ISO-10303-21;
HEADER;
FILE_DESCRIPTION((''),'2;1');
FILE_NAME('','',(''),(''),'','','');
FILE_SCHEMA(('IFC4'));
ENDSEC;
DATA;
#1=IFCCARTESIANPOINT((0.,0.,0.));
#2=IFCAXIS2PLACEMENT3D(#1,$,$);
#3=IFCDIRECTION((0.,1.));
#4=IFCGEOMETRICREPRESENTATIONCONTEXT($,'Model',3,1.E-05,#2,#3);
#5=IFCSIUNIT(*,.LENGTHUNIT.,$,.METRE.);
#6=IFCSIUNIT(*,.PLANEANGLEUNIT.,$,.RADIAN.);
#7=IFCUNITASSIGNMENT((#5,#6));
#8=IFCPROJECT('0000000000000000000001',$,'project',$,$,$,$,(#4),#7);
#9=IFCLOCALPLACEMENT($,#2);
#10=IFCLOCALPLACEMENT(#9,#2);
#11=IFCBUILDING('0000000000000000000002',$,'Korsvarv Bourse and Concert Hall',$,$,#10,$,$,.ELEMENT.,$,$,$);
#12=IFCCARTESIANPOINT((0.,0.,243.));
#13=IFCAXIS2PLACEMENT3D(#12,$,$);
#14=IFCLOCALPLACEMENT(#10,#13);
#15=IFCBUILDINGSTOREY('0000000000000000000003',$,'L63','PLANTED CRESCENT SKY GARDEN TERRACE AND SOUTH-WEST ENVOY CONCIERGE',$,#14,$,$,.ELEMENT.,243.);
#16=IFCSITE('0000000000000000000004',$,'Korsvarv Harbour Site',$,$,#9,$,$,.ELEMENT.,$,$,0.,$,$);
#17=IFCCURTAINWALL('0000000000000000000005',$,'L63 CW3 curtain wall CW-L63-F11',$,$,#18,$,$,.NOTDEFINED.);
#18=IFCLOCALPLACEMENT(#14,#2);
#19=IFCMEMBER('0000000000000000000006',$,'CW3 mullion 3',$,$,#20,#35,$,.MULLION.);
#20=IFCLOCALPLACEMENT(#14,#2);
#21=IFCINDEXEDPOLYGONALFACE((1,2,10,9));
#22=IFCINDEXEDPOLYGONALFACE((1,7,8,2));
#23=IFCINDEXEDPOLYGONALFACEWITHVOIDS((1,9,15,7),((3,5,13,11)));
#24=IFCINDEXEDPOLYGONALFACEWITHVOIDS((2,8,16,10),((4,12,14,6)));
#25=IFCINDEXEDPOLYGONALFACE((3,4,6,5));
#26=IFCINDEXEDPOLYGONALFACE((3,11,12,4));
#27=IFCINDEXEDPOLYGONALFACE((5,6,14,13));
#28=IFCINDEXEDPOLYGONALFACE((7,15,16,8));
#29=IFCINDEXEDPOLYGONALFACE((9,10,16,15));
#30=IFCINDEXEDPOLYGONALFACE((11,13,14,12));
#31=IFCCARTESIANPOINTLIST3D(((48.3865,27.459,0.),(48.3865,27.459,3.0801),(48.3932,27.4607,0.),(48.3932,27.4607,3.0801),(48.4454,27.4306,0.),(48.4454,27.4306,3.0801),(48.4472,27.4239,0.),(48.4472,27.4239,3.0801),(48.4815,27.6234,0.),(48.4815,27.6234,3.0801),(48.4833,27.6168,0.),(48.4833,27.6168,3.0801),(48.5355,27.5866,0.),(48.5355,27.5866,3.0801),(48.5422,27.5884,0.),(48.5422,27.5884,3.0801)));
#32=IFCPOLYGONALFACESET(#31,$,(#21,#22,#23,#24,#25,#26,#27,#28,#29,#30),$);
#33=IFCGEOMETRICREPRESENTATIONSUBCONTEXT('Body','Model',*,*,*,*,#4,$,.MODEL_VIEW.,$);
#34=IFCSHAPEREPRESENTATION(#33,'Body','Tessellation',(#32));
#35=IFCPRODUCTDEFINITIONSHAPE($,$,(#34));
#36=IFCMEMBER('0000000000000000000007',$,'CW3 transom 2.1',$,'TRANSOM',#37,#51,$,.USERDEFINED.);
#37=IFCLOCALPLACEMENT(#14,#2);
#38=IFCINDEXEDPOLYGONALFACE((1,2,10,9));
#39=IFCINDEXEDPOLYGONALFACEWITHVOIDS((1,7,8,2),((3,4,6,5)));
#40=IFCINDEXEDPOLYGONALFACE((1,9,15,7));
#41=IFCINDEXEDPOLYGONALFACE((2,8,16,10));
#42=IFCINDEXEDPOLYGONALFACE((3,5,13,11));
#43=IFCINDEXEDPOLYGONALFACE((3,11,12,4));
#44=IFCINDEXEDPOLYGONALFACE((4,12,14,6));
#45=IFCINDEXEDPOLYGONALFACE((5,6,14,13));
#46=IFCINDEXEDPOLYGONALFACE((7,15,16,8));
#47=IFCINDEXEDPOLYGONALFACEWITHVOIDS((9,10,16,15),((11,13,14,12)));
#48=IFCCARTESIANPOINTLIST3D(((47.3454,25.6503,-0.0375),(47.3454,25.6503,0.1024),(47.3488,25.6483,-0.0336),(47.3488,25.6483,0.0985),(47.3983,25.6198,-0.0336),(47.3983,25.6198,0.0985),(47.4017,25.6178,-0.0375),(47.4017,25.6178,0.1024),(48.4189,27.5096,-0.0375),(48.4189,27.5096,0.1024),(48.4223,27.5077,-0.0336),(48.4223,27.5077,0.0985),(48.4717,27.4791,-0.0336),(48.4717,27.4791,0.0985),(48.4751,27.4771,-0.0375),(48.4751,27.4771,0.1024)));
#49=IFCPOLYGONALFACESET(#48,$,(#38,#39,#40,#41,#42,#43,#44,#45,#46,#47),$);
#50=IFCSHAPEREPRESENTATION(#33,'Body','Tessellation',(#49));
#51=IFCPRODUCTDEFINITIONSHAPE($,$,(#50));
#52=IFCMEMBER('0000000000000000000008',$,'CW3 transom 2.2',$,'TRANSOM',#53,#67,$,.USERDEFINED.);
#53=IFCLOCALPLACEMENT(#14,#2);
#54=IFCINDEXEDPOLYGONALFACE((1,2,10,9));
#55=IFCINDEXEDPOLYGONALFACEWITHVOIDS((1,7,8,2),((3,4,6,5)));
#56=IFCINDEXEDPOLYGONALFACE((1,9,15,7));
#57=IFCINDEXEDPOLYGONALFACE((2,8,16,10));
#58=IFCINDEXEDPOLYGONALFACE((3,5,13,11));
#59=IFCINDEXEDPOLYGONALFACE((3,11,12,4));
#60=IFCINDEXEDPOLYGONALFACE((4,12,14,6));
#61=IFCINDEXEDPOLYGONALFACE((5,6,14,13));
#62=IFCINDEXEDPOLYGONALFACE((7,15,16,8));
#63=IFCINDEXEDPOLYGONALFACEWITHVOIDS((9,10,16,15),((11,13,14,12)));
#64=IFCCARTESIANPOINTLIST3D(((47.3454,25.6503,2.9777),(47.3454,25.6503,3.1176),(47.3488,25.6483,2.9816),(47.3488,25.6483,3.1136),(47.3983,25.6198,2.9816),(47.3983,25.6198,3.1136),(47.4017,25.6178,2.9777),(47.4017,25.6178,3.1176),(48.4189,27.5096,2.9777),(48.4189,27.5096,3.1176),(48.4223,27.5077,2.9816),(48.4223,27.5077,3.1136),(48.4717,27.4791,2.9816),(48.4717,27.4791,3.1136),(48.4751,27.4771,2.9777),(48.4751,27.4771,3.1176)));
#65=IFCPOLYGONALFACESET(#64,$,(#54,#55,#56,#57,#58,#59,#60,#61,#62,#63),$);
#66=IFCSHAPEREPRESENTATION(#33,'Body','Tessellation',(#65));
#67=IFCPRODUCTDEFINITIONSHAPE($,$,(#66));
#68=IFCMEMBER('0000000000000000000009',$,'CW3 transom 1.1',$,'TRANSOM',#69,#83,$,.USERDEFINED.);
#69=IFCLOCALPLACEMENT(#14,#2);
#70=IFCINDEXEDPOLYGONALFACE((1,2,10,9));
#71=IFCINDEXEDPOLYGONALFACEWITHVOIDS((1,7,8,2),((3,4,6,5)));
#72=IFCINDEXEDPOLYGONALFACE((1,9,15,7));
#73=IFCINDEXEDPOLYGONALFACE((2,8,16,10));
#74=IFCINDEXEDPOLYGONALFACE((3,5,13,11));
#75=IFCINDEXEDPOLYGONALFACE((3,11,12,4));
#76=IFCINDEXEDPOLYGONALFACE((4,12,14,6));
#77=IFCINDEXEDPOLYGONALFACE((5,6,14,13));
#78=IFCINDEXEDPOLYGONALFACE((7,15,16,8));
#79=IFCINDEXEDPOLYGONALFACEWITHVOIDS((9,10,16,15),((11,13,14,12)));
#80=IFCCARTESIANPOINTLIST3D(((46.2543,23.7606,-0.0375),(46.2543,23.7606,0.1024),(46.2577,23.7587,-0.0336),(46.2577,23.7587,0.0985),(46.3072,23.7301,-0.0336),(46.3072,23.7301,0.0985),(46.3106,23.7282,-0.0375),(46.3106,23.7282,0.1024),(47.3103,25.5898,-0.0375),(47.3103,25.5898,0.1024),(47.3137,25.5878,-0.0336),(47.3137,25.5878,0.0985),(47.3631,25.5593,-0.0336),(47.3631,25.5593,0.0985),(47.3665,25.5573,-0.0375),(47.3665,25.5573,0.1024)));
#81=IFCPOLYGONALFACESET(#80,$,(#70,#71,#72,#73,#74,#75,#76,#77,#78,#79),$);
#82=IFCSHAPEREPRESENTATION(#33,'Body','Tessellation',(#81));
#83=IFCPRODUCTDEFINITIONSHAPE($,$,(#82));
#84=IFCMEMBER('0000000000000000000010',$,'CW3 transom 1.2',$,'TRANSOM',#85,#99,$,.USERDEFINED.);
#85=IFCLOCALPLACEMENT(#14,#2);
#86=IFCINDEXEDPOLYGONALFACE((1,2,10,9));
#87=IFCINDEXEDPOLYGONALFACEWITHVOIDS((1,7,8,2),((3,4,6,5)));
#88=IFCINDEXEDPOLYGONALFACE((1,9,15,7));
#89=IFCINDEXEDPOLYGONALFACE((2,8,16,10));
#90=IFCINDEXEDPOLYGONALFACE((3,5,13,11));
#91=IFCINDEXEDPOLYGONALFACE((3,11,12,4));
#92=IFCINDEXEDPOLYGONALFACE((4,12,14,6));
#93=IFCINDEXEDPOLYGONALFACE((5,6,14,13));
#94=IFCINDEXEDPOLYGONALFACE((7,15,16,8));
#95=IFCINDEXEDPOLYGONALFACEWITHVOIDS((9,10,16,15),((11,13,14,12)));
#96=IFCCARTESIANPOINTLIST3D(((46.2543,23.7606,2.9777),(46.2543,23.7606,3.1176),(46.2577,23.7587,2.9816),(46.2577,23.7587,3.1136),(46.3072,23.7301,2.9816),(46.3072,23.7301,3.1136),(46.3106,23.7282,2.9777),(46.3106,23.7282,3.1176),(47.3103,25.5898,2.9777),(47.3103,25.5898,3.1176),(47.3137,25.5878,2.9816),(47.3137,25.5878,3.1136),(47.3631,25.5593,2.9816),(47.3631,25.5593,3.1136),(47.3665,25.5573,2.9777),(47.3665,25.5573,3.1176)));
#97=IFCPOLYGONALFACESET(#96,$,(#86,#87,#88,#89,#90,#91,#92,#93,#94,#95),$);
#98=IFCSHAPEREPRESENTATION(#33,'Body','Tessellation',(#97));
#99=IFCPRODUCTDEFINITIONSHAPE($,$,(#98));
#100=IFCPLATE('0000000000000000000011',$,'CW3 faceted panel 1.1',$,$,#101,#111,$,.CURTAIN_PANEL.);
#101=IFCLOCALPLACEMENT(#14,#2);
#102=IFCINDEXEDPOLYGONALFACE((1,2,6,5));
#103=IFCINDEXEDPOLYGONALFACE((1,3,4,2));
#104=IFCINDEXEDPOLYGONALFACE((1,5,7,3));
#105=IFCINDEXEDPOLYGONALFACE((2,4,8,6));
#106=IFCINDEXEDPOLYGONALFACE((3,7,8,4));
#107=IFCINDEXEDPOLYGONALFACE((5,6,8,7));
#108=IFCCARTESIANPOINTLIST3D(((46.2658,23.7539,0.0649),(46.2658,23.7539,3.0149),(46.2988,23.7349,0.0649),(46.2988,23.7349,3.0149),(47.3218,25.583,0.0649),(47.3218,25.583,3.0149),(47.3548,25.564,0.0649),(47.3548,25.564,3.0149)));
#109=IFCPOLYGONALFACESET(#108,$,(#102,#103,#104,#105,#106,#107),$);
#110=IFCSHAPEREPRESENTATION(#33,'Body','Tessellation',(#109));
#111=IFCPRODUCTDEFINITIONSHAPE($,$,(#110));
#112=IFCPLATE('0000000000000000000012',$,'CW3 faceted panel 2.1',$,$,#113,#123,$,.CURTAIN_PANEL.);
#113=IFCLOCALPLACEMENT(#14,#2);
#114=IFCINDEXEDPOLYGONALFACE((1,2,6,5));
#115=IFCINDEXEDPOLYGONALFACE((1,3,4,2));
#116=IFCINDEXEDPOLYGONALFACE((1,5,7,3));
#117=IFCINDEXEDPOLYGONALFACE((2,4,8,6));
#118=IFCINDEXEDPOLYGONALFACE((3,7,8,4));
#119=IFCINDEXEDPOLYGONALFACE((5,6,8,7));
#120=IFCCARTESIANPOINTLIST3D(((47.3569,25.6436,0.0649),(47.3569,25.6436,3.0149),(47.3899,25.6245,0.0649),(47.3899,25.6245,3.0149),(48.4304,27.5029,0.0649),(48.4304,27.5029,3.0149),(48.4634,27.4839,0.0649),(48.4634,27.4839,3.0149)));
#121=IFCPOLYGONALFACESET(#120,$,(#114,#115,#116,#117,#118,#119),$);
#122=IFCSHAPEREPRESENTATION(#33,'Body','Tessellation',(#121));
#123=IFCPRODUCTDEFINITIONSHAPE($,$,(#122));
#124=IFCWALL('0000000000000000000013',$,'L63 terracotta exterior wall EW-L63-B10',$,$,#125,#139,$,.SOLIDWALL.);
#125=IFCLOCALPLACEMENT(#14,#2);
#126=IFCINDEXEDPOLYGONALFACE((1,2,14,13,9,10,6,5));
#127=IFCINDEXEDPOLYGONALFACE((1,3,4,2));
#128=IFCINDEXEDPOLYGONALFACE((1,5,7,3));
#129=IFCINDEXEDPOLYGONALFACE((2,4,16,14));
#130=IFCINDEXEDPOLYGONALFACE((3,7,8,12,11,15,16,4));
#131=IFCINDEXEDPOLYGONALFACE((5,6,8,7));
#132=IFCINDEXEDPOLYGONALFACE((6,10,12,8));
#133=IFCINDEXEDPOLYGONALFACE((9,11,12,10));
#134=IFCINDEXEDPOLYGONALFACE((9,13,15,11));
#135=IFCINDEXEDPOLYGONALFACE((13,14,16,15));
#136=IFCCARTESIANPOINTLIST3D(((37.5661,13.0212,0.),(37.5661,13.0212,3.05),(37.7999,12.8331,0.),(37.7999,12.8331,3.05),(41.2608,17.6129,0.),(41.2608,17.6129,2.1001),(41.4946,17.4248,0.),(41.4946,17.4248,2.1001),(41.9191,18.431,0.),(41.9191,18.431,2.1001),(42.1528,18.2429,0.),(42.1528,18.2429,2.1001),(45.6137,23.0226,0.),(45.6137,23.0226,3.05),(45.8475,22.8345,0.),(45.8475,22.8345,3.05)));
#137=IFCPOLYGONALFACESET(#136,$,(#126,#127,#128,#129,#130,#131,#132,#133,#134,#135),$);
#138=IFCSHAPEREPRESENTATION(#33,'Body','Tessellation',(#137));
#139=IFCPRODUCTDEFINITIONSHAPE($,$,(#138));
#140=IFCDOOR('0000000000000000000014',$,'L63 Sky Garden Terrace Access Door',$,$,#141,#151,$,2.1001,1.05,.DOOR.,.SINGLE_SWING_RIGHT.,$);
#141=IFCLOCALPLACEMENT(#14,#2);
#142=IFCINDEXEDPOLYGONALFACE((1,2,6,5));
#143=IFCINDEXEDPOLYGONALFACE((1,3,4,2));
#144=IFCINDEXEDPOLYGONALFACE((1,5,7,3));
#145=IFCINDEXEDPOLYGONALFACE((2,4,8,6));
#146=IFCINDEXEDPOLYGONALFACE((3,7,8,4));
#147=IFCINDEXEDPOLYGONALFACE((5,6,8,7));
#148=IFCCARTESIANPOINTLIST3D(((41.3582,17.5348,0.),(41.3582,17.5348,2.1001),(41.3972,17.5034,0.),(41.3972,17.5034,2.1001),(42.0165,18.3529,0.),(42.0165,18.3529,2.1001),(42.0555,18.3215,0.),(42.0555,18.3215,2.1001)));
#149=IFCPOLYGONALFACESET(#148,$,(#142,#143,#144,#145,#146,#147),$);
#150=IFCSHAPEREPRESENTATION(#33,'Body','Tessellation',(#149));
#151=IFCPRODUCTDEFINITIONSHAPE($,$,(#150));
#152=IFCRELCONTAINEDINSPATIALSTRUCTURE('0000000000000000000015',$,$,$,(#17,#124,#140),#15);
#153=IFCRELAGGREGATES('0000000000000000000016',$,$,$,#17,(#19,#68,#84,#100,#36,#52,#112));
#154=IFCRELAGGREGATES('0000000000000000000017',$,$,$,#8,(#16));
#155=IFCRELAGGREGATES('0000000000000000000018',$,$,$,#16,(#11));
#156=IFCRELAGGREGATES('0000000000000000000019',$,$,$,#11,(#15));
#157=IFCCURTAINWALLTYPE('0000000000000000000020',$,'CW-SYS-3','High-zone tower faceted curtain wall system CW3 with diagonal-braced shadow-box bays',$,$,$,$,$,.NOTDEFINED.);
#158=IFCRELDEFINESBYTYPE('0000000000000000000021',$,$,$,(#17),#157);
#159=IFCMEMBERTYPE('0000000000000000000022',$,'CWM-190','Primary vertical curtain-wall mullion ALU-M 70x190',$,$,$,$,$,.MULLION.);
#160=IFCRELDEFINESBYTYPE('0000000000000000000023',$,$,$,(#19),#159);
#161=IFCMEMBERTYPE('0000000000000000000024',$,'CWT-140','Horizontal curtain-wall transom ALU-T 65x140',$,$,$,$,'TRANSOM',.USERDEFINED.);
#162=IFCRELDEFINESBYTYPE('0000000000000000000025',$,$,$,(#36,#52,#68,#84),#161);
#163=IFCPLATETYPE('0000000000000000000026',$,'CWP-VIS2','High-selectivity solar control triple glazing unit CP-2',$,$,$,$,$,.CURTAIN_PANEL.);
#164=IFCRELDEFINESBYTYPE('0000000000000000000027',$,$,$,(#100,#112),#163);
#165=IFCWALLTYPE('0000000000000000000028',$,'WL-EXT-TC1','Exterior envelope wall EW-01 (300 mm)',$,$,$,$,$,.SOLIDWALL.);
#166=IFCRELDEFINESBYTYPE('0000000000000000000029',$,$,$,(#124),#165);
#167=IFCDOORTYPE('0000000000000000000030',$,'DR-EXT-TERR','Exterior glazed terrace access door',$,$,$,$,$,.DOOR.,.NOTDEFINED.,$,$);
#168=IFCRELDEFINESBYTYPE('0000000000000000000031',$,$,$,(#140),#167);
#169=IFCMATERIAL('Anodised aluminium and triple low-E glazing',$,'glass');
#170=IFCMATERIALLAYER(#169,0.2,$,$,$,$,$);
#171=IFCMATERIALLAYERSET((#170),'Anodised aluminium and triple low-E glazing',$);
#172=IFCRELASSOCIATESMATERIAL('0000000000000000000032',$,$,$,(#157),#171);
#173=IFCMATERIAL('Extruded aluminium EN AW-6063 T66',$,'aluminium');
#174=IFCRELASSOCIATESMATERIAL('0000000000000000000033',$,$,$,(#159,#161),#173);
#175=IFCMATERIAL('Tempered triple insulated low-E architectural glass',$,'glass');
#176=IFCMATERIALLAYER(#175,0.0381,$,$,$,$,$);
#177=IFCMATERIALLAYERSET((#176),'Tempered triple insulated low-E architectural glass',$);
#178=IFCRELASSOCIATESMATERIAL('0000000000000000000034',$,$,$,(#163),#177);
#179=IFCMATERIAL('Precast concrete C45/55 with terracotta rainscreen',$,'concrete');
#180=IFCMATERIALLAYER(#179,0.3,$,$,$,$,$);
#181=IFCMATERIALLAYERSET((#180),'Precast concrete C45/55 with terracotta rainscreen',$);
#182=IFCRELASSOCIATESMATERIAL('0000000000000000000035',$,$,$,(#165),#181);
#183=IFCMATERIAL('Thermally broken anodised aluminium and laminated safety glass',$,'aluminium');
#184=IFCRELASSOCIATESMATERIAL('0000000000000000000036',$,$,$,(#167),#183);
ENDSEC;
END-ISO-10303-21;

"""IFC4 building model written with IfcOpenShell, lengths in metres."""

from ifc_helpers import new_model, si_unit, direction, frame, frame_2d, origin, origin_2d, place, context, subcontext, project, spatial, rectangle, hollow_rectangle, extrude, source, transform, mapped, material, layer, layer_set, material_profile, profile_set, type_object, element, fill, aggregate, save


model = new_model("IFC4")

# Units and contexts
model_context = context("Model", 3, precision=1e-05, world=origin(), true_north=direction((0.0, 1.0)))
body_context = subcontext(model_context, "Body", "Model", "MODEL_VIEW")
ifc_project = project(units=[si_unit("LENGTHUNIT", "METRE"), si_unit("PLANEANGLEUNIT", "RADIAN")], contexts=[model_context])

# Site, building, storey
site_placement = place(None, origin())
site = spatial("IfcSite", under=ifc_project, at=site_placement, Name="Korsvarv Harbour Site", CompositionType="ELEMENT", RefElevation=0.0)
building_placement = place(site_placement, origin())
building = spatial("IfcBuilding", under=site, at=building_placement, Name="Korsvarv Bourse and Concert Hall", CompositionType="ELEMENT")
storey_placement = place(building_placement, frame((0.0, 0.0, 243.0)))
storey = spatial("IfcBuildingStorey", under=building, at=storey_placement, Name="L63", Description="PLANTED CRESCENT SKY GARDEN TERRACE AND SOUTH-WEST ENVOY CONCIERGE", CompositionType="ELEMENT", Elevation=243.0)

# Curtain wall, members, plates
ifc_material_1 = material(Name="Anodised aluminium and triple low-E glazing", Category="glass")
ifc_layer_1 = layer(ifc_material_1, 0.2)
ifc_layer_set_1 = layer_set([ifc_layer_1], Name="Anodised aluminium and triple low-E glazing")
curtain_wall_type = type_object("IfcCurtainWallType", Name="CW-SYS-3", Description="High-zone tower faceted curtain wall system CW3 with diagonal-braced shadow-box bays", PredefinedType="NOTDEFINED", material=ifc_layer_set_1)
curtain_wall_placement = place(storey_placement, origin())
curtain_wall = element("IfcCurtainWall", 1, at=curtain_wall_placement, inside=storey, type_object=curtain_wall_type, Name="L63 CW3 curtain wall CW-L63-F11", PredefinedType="NOTDEFINED")
ifc_material_2 = material(Name="Extruded aluminium EN AW-6063 T66", Category="aluminium")
ifc_material_profile_1 = material_profile(ifc_material_2, hollow_rectangle(XDim=0.0701, YDim=0.1899, WallThickness=0.0049, at=origin_2d()), Name="ALU-M 70x190")
ifc_profile_set_1 = profile_set([ifc_material_profile_1], Name="Extruded aluminium EN AW-6063 T66")
member_type_1 = type_object("IfcMemberType", Name="CWM-190", Description="Primary vertical curtain-wall mullion ALU-M 70x190", PredefinedType="MULLION", material=ifc_profile_set_1)
shared_shape_1 = source(origin(), body_context, "Body", "SweptSolid", [
    extrude(hollow_rectangle(XDim=0.0701, YDim=0.1899, WallThickness=0.0049, at=origin_2d()), origin(), (0.0, 0.0, 1.0), 3.0801),
])
member_1_placement = place(storey_placement, frame((48.4644, 27.5237, 0.0), z_axis=(0.0, 0.0, 1.0), x_axis=(-0.866022, 0.500006, 0.0)))
member_1 = element("IfcMember", 2, at=member_1_placement, type_object=member_type_1, Name="CW3 mullion 3", PredefinedType="MULLION", context=body_context, shape_type="MappedRepresentation", body=[
    mapped(shared_shape_1, transform((0.0, 0.0, 0.0), scale=1.0)),
])
ifc_material_profile_2 = material_profile(ifc_material_2, hollow_rectangle(XDim=0.0649, YDim=0.1399, WallThickness=0.0039, at=origin_2d()), Name="ALU-T 65x140")
ifc_profile_set_2 = profile_set([ifc_material_profile_2], Name="Extruded aluminium EN AW-6063 T66")
member_type_2 = type_object("IfcMemberType", Name="CWT-140", Description="Horizontal curtain-wall transom ALU-T 65x140", ElementType="TRANSOM", PredefinedType="USERDEFINED", material=ifc_profile_set_2)
shared_shape_2 = source(origin(), body_context, "Body", "SweptSolid", [
    extrude(hollow_rectangle(XDim=0.0649, YDim=0.1399, WallThickness=0.0039, at=origin_2d()), origin(), (0.0, 0.0, 1.0), 2.147),
])
member_2_placement = place(storey_placement, frame((47.3735, 25.634, 0.0325), z_axis=(0.499992, 0.86603, 0.0), x_axis=(-0.86603, 0.499992, 0.0)))
member_2 = element("IfcMember", 3, at=member_2_placement, type_object=member_type_2, Name="CW3 transom 2.1", ObjectType="TRANSOM", PredefinedType="USERDEFINED", context=body_context, shape_type="MappedRepresentation", body=[
    mapped(shared_shape_2, transform((0.0, 0.0, 0.0), scale=1.0)),
])
member_3_placement = place(storey_placement, frame((47.3735, 25.634, 3.0476), z_axis=(0.499992, 0.86603, 0.0), x_axis=(-0.86603, 0.499992, 0.0)))
member_3 = element("IfcMember", 4, at=member_3_placement, type_object=member_type_2, Name="CW3 transom 2.2", ObjectType="TRANSOM", PredefinedType="USERDEFINED", context=body_context, shape_type="MappedRepresentation", body=[
    mapped(shared_shape_2, transform((0.0, 0.0, 0.0), scale=1.0)),
])
shared_shape_3 = source(origin(), body_context, "Body", "SweptSolid", [
    extrude(hollow_rectangle(XDim=0.0649, YDim=0.1399, WallThickness=0.0039, at=origin_2d()), origin(), (0.0, 0.0, 1.0), 2.1121),
])
member_4_placement = place(storey_placement, frame((46.2825, 23.7444, 0.0325), z_axis=(0.499956, 0.866051, 0.0), x_axis=(-0.866051, 0.499956, 0.0)))
member_4 = element("IfcMember", 5, at=member_4_placement, type_object=member_type_2, Name="CW3 transom 1.1", ObjectType="TRANSOM", PredefinedType="USERDEFINED", context=body_context, shape_type="MappedRepresentation", body=[
    mapped(shared_shape_3, transform((0.0, 0.0, 0.0), scale=1.0)),
])
member_5_placement = place(storey_placement, frame((46.2825, 23.7444, 3.0476), z_axis=(0.499956, 0.866051, 0.0), x_axis=(-0.866051, 0.499956, 0.0)))
member_5 = element("IfcMember", 6, at=member_5_placement, type_object=member_type_2, Name="CW3 transom 1.2", ObjectType="TRANSOM", PredefinedType="USERDEFINED", context=body_context, shape_type="MappedRepresentation", body=[
    mapped(shared_shape_3, transform((0.0, 0.0, 0.0), scale=1.0)),
])
ifc_material_3 = material(Name="Tempered triple insulated low-E architectural glass", Category="glass")
ifc_layer_2 = layer(ifc_material_3, 0.0381)
ifc_layer_set_2 = layer_set([ifc_layer_2], Name="Tempered triple insulated low-E architectural glass")
plate_type = type_object("IfcPlateType", Name="CWP-VIS2", Description="High-selectivity solar control triple glazing unit CP-2", PredefinedType="CURTAIN_PANEL", material=ifc_layer_set_2)
shared_shape_4 = source(origin(), body_context, "Body", "SweptSolid", [
    extrude(rectangle(XDim=2.1121, YDim=0.0381, at=origin_2d()), origin(), (0.0, 0.0, 1.0), 2.95),
])
plate_1_placement = place(storey_placement, frame((46.8103, 24.6589, 0.0649), z_axis=(0.0, 0.0, 1.0), x_axis=(0.500006, 0.866022, 0.0)))
plate_1 = element("IfcPlate", 7, at=plate_1_placement, type_object=plate_type, Name="CW3 faceted panel 1.1", PredefinedType="CURTAIN_PANEL", context=body_context, shape_type="MappedRepresentation", body=[
    mapped(shared_shape_4, transform((0.0, 0.0, 0.0), scale=1.0)),
])
shared_shape_5 = source(origin(), body_context, "Body", "SweptSolid", [
    extrude(rectangle(XDim=2.147, YDim=0.0381, at=origin_2d()), origin(), (0.0, 0.0, 1.0), 2.95),
])
plate_2_placement = place(storey_placement, frame((47.9102, 26.5637, 0.0649), z_axis=(0.0, 0.0, 1.0), x_axis=(0.500006, 0.866022, 0.0)))
plate_2 = element("IfcPlate", 8, at=plate_2_placement, type_object=plate_type, Name="CW3 faceted panel 2.1", PredefinedType="CURTAIN_PANEL", context=body_context, shape_type="MappedRepresentation", body=[
    mapped(shared_shape_5, transform((0.0, 0.0, 0.0), scale=1.0)),
])
aggregate(curtain_wall, [member_1, member_4, member_5, plate_1, member_2, member_3, plate_2])

# Wall, opening, door
ifc_material_4 = material(Name="Precast concrete C45/55 with terracotta rainscreen", Category="concrete")
ifc_layer_3 = layer(ifc_material_4, 0.3)
ifc_layer_set_3 = layer_set([ifc_layer_3], Name="Precast concrete C45/55 with terracotta rainscreen")
wall_type_1 = type_object("IfcWallType", Name="WL-EXT-TC1", Description="Exterior envelope wall EW-01 (300 mm)", PredefinedType="SOLIDWALL", material=ifc_layer_set_3)
wall_1_placement = place(storey_placement, frame((37.6831, 12.9272, 0.0), z_axis=(0.0, 0.0, 1.0), x_axis=(0.626898, 0.779101, 0.0)))
wall_1 = element("IfcWall", 9, at=wall_1_placement, inside=storey, type_object=wall_type_1, Name="L63 terracotta exterior wall EW-L63-B10", PredefinedType="SOLIDWALL", context=body_context, shape_type="SweptSolid", body=[
    extrude(rectangle(XDim=12.8372, YDim=0.3, at=frame_2d((6.4185, 0.0))), origin(), (0.0, 0.0, 1.0), 3.05),
])
opening_1_placement = place(wall_1_placement, frame((5.8936, 0.0, 0.0)))
opening_1 = element("IfcOpeningElement", 10, at=opening_1_placement, cuts=wall_1, PredefinedType="OPENING", context=body_context, shape_type="SweptSolid", body=[
    extrude(rectangle(XDim=1.05, YDim=2.1001, at=frame_2d((0.5249, 1.05))), frame((0.0, 0.1602, 0.0), z_axis=(0.0, -1.0, 0.0), x_axis=(1.0, 0.0, 0.0)), (0.0, 0.0, 1.0), 0.3201),
])
ifc_material_5 = material(Name="Thermally broken anodised aluminium and laminated safety glass", Category="aluminium")
door_type_1 = type_object("IfcDoorType", Name="DR-EXT-TERR", Description="Exterior glazed terrace access door", OperationType="NOTDEFINED", PredefinedType="DOOR", material=ifc_material_5)
door_1_placement = place(opening_1_placement, frame((1.05, 0.0, 0.0), z_axis=(0.0, 0.0, 1.0), x_axis=(-1.0, 0.0, 0.0)))
door_1 = element("IfcDoor", 11, at=door_1_placement, inside=storey, type_object=door_type_1, Name="L63 Sky Garden Terrace Access Door", OperationType="SINGLE_SWING_RIGHT", OverallHeight=2.1001, OverallWidth=1.05, PredefinedType="DOOR", context=body_context, shape_type="SweptSolid", body=[
    extrude(rectangle(XDim=1.05, YDim=2.1001, at=frame_2d((0.5249, 1.05))), frame((0.0, 0.0249, 0.0), z_axis=(0.0, -1.0, 0.0), x_axis=(1.0, 0.0, 0.0)), (0.0, 0.0, 1.0), 0.05),
])
fill(opening_1, door_1)

save(model, "model.ifc")
